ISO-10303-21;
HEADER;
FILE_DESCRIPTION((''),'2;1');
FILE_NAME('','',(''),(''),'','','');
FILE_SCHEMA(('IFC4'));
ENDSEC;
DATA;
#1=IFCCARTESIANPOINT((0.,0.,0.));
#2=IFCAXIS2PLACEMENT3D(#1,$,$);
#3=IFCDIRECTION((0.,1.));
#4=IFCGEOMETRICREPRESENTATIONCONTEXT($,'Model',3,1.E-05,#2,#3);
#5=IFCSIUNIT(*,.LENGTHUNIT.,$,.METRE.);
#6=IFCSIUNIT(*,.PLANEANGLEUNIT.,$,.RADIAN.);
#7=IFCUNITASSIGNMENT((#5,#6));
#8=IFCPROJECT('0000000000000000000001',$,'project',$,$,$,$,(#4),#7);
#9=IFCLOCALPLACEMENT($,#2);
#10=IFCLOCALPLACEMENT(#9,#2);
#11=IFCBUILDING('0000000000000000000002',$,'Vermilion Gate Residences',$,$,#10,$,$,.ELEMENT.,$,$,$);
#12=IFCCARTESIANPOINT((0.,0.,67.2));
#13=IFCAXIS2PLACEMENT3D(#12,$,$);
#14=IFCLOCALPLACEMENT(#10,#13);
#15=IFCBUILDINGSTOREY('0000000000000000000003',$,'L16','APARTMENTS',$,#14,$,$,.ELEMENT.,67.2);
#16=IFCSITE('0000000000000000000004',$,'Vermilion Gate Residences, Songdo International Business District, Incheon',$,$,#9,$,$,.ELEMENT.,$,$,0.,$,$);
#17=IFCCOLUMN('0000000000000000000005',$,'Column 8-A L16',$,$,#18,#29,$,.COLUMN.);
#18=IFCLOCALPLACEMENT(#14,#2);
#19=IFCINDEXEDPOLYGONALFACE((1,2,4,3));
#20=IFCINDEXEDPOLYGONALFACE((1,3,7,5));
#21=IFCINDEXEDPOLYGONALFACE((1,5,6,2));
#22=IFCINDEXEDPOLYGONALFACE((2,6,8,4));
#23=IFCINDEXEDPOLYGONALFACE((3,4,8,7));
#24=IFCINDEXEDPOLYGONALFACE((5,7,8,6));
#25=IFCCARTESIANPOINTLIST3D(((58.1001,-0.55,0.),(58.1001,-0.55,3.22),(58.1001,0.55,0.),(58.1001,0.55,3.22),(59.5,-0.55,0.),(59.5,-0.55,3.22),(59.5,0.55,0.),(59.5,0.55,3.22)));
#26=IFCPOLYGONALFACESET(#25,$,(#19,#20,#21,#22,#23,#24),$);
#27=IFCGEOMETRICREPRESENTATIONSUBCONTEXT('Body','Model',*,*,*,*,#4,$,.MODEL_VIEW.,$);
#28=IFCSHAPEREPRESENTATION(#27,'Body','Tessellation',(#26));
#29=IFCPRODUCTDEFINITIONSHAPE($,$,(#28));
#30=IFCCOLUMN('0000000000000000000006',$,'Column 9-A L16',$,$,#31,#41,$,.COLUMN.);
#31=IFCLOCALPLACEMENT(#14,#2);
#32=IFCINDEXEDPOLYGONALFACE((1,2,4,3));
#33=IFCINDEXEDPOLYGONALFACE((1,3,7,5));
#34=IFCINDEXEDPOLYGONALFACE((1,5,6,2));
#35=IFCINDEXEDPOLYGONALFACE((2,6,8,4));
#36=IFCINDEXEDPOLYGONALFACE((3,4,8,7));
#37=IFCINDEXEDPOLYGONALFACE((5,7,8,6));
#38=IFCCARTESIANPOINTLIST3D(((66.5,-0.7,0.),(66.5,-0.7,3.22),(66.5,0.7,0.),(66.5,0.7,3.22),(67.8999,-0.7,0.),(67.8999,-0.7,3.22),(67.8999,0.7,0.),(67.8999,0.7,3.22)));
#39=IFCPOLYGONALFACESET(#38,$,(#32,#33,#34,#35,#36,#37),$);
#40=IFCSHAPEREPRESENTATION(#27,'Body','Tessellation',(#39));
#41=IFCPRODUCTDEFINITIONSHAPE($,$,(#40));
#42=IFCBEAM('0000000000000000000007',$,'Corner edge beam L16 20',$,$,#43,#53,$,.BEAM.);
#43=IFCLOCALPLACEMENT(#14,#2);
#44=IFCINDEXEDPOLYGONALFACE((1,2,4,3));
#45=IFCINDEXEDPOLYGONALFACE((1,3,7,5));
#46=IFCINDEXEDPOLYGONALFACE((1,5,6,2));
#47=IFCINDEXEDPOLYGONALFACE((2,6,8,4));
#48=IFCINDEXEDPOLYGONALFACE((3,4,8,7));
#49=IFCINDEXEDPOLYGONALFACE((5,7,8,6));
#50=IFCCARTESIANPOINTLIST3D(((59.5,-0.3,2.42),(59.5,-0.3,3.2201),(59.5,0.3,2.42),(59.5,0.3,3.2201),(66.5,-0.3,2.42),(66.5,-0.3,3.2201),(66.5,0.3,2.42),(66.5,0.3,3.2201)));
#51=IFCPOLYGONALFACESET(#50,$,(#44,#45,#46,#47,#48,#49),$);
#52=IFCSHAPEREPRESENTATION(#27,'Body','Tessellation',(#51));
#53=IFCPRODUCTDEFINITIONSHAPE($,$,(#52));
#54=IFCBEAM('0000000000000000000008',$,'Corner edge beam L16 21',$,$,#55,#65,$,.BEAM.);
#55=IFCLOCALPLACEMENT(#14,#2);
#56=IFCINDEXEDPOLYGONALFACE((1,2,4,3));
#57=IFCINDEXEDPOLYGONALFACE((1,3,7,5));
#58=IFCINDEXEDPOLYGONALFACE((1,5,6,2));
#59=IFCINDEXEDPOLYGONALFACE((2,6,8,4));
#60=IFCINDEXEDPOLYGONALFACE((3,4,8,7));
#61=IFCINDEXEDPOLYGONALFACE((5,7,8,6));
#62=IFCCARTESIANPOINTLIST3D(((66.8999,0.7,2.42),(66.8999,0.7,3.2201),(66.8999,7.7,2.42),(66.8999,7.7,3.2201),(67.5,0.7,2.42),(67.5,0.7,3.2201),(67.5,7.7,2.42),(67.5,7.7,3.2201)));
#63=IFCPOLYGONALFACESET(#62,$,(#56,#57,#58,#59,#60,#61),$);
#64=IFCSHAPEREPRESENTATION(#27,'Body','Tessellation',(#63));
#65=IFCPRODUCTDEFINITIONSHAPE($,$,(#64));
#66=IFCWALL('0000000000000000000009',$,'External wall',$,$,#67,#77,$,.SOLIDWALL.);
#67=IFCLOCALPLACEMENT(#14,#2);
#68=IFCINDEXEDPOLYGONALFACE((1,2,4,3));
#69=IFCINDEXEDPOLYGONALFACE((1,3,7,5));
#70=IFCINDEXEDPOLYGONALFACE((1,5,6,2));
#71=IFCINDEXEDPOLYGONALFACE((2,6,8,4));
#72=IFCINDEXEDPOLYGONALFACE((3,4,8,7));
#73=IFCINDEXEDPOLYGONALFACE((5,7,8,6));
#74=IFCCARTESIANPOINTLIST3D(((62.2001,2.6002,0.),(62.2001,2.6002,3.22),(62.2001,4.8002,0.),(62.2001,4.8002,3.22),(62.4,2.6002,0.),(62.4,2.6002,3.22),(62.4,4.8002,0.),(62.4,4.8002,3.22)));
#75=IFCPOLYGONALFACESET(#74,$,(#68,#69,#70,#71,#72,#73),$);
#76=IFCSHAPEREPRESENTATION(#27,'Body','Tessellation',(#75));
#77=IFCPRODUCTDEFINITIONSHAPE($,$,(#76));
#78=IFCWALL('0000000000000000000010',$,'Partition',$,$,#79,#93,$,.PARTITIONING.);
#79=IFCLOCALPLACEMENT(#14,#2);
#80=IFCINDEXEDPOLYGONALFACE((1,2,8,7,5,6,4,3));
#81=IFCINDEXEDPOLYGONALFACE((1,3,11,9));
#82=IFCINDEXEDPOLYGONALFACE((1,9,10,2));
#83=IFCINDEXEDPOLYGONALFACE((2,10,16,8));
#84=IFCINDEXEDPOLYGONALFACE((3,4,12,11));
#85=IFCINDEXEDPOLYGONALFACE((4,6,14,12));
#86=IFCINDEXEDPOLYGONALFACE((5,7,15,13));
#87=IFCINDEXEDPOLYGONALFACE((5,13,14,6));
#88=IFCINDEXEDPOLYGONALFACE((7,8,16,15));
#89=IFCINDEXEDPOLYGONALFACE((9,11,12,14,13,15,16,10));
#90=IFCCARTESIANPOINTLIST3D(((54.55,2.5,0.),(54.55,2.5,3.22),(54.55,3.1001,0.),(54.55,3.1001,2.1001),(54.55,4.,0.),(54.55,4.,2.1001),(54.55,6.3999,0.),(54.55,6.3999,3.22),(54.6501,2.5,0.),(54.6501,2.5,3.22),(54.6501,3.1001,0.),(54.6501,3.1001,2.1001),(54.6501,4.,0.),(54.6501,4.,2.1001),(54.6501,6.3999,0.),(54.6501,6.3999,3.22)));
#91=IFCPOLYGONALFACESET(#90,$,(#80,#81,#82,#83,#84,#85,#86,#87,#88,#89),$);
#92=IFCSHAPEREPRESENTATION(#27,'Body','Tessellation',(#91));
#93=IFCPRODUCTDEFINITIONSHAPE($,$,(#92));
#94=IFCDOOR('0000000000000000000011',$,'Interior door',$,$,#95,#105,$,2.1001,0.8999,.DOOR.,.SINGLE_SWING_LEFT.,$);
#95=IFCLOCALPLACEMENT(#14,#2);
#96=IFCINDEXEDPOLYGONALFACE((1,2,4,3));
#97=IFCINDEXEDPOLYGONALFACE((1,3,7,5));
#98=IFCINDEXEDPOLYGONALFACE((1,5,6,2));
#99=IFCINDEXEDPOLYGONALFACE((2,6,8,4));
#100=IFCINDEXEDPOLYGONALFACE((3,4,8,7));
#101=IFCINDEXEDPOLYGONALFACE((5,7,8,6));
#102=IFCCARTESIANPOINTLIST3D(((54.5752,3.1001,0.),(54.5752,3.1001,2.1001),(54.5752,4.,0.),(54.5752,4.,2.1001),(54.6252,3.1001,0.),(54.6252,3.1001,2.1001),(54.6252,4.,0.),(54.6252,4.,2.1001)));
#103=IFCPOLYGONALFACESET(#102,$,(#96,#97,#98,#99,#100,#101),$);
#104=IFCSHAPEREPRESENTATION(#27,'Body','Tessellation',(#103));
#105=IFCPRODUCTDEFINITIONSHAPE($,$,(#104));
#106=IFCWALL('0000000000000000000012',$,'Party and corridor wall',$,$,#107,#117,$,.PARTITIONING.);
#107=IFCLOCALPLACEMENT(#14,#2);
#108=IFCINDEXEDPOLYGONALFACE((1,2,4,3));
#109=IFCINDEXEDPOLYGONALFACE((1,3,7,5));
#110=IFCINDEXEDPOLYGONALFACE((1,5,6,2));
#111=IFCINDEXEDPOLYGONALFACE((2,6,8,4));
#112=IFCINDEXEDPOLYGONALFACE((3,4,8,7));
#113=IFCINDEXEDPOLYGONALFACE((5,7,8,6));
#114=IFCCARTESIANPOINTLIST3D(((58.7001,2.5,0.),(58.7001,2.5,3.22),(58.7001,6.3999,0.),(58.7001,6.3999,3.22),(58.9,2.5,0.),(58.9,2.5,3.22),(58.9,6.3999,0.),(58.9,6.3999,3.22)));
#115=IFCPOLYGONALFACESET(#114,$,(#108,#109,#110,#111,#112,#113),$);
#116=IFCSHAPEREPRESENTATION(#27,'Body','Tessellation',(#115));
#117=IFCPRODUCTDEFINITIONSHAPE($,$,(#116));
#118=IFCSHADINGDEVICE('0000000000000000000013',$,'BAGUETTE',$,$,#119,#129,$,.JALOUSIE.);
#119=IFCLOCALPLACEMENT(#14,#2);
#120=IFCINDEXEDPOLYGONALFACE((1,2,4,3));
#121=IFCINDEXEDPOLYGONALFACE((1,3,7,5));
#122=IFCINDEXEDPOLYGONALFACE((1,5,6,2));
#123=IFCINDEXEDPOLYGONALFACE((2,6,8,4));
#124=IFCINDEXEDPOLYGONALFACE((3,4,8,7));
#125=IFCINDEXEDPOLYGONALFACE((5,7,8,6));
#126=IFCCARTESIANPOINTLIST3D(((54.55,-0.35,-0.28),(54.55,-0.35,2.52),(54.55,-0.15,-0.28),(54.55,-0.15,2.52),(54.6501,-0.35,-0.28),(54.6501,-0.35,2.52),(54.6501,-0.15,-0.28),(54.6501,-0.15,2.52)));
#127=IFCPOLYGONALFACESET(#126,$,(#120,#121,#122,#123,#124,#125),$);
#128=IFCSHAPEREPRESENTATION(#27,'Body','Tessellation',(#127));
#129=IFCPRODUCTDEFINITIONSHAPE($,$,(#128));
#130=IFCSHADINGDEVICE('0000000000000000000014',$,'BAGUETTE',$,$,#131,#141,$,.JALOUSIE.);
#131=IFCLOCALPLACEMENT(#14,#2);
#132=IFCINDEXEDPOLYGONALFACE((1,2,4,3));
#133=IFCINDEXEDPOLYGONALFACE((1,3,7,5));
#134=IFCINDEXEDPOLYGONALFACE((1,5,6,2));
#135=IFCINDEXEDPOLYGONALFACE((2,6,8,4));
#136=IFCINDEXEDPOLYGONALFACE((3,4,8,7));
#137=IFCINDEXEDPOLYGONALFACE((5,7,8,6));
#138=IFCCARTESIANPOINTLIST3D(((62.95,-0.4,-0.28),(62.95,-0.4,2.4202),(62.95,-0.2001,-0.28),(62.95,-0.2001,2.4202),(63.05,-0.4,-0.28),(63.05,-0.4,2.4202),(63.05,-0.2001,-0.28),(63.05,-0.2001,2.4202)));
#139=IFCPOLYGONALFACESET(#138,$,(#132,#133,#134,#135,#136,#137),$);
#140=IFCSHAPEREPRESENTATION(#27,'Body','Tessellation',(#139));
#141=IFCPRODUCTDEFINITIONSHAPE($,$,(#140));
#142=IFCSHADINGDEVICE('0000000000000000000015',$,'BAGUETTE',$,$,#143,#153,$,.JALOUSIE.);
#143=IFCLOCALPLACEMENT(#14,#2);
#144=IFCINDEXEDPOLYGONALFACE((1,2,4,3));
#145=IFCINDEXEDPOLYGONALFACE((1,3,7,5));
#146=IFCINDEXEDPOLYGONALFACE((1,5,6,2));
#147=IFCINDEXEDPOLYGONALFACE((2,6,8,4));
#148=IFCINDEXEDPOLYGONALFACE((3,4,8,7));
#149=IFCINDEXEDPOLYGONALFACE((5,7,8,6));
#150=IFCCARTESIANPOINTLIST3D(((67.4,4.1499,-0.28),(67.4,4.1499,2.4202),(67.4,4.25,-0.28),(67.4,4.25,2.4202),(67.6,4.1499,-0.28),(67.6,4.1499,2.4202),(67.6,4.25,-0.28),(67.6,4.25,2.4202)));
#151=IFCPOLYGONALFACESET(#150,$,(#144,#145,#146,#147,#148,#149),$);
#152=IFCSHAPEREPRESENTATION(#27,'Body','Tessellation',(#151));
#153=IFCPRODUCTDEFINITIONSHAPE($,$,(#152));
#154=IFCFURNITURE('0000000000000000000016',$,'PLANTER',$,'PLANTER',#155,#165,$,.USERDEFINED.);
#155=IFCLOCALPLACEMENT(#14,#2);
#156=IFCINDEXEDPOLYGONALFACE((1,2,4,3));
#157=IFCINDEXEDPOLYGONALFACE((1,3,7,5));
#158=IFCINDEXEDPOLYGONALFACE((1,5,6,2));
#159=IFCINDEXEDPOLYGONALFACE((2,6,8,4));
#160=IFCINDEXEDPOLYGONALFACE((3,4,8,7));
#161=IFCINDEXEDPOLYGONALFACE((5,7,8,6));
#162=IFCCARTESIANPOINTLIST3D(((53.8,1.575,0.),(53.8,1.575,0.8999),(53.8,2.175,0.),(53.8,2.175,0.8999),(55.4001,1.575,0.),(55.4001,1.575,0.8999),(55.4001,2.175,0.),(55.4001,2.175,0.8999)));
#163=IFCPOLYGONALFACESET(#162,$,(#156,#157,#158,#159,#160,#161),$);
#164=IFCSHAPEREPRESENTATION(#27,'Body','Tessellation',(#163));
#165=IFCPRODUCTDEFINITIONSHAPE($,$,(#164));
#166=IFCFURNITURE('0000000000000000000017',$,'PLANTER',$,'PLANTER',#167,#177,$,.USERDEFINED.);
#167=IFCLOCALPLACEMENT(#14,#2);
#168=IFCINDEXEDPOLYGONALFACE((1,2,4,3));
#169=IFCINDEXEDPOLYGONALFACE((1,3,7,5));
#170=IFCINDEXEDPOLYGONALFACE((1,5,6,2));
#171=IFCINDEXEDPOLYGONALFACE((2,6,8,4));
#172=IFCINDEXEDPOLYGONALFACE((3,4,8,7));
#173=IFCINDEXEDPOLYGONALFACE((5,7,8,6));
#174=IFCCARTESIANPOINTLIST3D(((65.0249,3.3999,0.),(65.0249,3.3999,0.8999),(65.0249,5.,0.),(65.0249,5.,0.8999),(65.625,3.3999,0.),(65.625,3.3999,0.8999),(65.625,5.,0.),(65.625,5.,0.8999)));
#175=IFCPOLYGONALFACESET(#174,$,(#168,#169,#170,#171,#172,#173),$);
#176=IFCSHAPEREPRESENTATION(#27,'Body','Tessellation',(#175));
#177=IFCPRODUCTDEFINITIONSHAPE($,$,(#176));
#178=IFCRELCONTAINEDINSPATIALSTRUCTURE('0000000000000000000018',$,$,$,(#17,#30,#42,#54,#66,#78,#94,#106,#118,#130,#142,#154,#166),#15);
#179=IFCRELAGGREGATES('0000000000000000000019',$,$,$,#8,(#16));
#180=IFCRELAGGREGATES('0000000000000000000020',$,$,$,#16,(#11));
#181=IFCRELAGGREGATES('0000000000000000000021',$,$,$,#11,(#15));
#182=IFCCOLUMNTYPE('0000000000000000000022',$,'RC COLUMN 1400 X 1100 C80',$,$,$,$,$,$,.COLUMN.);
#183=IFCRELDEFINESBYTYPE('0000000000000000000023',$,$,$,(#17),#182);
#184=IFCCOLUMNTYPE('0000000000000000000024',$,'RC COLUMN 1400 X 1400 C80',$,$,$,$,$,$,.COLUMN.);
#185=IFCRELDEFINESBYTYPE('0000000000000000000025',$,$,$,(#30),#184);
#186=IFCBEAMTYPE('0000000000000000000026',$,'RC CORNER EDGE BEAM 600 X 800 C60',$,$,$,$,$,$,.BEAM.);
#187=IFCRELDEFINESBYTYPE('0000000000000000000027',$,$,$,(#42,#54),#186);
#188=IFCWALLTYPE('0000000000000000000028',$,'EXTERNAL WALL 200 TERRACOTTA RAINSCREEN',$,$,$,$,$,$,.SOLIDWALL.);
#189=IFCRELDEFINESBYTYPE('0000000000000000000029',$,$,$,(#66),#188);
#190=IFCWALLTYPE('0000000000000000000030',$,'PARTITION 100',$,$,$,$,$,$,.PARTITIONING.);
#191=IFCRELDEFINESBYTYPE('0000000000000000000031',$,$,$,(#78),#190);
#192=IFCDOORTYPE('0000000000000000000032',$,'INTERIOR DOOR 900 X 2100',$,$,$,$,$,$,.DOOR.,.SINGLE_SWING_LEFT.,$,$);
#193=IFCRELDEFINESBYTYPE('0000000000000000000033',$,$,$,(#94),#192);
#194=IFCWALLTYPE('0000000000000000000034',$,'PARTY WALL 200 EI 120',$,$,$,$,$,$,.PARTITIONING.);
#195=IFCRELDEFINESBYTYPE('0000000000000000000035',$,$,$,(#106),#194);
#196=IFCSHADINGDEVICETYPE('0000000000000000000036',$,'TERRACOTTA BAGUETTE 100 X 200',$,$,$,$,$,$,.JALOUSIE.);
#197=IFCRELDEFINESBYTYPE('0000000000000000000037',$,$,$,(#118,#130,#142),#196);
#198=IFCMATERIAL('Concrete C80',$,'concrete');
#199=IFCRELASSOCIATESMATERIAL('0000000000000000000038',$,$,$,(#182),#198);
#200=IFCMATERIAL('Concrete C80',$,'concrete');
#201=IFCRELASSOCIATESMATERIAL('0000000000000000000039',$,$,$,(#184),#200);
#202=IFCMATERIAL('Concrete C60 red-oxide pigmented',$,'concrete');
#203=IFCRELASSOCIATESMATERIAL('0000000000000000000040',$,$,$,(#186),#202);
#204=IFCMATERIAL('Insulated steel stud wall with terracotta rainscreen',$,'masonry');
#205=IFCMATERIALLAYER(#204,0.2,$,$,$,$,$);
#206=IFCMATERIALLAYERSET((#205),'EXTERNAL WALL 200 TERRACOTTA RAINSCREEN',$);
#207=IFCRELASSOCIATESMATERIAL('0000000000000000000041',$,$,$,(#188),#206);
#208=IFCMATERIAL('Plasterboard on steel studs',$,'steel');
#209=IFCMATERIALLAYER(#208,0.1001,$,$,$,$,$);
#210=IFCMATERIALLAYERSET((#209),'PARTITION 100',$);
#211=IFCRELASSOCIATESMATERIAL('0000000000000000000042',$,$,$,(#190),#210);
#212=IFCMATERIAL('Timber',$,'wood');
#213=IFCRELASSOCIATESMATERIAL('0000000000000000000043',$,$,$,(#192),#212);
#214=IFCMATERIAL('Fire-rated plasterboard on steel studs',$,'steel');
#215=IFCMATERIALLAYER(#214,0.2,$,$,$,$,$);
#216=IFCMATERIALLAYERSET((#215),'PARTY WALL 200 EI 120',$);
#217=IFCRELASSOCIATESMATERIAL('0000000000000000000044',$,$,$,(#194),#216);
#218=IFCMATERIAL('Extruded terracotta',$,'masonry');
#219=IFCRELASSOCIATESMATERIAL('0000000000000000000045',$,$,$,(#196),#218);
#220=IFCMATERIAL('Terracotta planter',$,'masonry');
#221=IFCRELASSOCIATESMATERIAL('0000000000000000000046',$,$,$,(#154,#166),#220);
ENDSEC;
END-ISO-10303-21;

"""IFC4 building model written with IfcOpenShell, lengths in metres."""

from ifc_helpers import new_model, si_unit, direction, frame, frame_2d, origin, origin_2d, place, context, subcontext, project, spatial, rectangle, extrude, material, layer, layer_set, material_profile, profile_set, type_object, element, fill, save


model = new_model("IFC4")

# Units and contexts
model_context = context("Model", 3, precision=1e-05, world=origin(), true_north=direction((0.0, 1.0)))
body_context = subcontext(model_context, "Body", "Model", "MODEL_VIEW")
ifc_project = project(units=[si_unit("LENGTHUNIT", "METRE"), si_unit("PLANEANGLEUNIT", "RADIAN")], contexts=[model_context])

# Site, building, storey
site_placement = place(None, origin())
site = spatial("IfcSite", under=ifc_project, at=site_placement, Name="Vermilion Gate Residences, Songdo International Business District, Incheon", CompositionType="ELEMENT", RefElevation=0.0)
building_placement = place(site_placement, origin())
building = spatial("IfcBuilding", under=site, at=building_placement, Name="Vermilion Gate Residences", CompositionType="ELEMENT")
storey_placement = place(building_placement, frame((0.0, 0.0, 67.2)))
storey = spatial("IfcBuildingStorey", under=building, at=storey_placement, Name="L16", Description="APARTMENTS", CompositionType="ELEMENT", Elevation=67.2)

# Columns
ifc_material_1 = material(Name="Concrete C80", Category="concrete")
ifc_material_profile_1 = material_profile(ifc_material_1, rectangle(XDim=1.3999, YDim=1.1001, at=origin_2d()), Name="RC-1400x1100")
ifc_profile_set_1 = profile_set([ifc_material_profile_1], Name="Concrete C80")
column_type_1 = type_object("IfcColumnType", Name="RC COLUMN 1400 X 1100 C80", PredefinedType="COLUMN", material=ifc_profile_set_1)
column_1_placement = place(storey_placement, frame((58.8, 0.0, 0.0), z_axis=(0.0, 0.0, 1.0), x_axis=(1.0, 0.0, 0.0)))
element("IfcColumn", 1, at=column_1_placement, inside=storey, type_object=column_type_1, Name="Column 8-A L16", PredefinedType="COLUMN", context=body_context, shape_type="SweptSolid", body=[
    extrude(rectangle(XDim=1.3999, YDim=1.1001, at=origin_2d()), origin(), (0.0, 0.0, 1.0), 3.22),
])
ifc_material_2 = material(Name="Concrete C80", Category="concrete")
ifc_material_profile_2 = material_profile(ifc_material_2, rectangle(XDim=1.3999, YDim=1.3999, at=origin_2d()), Name="RC-1400x1400")
ifc_profile_set_2 = profile_set([ifc_material_profile_2], Name="Concrete C80")
column_type_2 = type_object("IfcColumnType", Name="RC COLUMN 1400 X 1400 C80", PredefinedType="COLUMN", material=ifc_profile_set_2)
column_2_placement = place(storey_placement, frame((67.2, 0.0, 0.0), z_axis=(0.0, 0.0, 1.0), x_axis=(1.0, 0.0, 0.0)))
element("IfcColumn", 2, at=column_2_placement, inside=storey, type_object=column_type_2, Name="Column 9-A L16", PredefinedType="COLUMN", context=body_context, shape_type="SweptSolid", body=[
    extrude(rectangle(XDim=1.3999, YDim=1.3999, at=origin_2d()), origin(), (0.0, 0.0, 1.0), 3.22),
])

# Beams
ifc_material_3 = material(Name="Concrete C60 red-oxide pigmented", Category="concrete")
ifc_material_profile_3 = material_profile(ifc_material_3, rectangle(XDim=0.6001, YDim=0.8, at=origin_2d()), Name="RC-600x800")
ifc_profile_set_3 = profile_set([ifc_material_profile_3], Name="Concrete C60 red-oxide pigmented")
beam_type = type_object("IfcBeamType", Name="RC CORNER EDGE BEAM 600 X 800 C60", PredefinedType="BEAM", material=ifc_profile_set_3)
for number, where, z_axis, x_axis, name in (
    (3, (59.5, 0.0, 2.8201), (1.0, 0.0, 0.0), (0.0, 1.0, 0.0), "Corner edge beam L16 20"),
    (4, (67.2, 0.7, 2.8201), (0.0, 1.0, 0.0), (-1.0, 0.0, 0.0), "Corner edge beam L16 21"),
):
    element("IfcBeam", number, at=place(storey_placement, frame(where, z_axis=z_axis, x_axis=x_axis)), inside=storey, type_object=beam_type, Name=name, PredefinedType="BEAM", context=body_context, shape_type="SweptSolid", body=[
        extrude(rectangle(XDim=0.6001, YDim=0.8, at=origin_2d()), origin(), (0.0, 0.0, 1.0), 7.0),
    ])

# Wall
ifc_material_4 = material(Name="Insulated steel stud wall with terracotta rainscreen", Category="masonry")
ifc_layer_1 = layer(ifc_material_4, 0.2)
ifc_layer_set_1 = layer_set([ifc_layer_1], Name="EXTERNAL WALL 200 TERRACOTTA RAINSCREEN")
wall_type_1 = type_object("IfcWallType", Name="EXTERNAL WALL 200 TERRACOTTA RAINSCREEN", PredefinedType="SOLIDWALL", material=ifc_layer_set_1)
wall_1_placement = place(storey_placement, frame((62.3, 2.6001, 0.0), z_axis=(0.0, 0.0, 1.0), x_axis=(0.0, 1.0, 0.0)))
element("IfcWall", 5, at=wall_1_placement, inside=storey, type_object=wall_type_1, Name="External wall", PredefinedType="SOLIDWALL", context=body_context, shape_type="SweptSolid", body=[
    extrude(rectangle(XDim=2.2, YDim=0.2, at=frame_2d((1.1001, 0.0))), origin(), (0.0, 0.0, 1.0), 3.22),
])

# Wall, opening, door
ifc_material_5 = material(Name="Plasterboard on steel studs", Category="steel")
ifc_layer_2 = layer(ifc_material_5, 0.1001)
ifc_layer_set_2 = layer_set([ifc_layer_2], Name="PARTITION 100")
wall_type_2 = type_object("IfcWallType", Name="PARTITION 100", PredefinedType="PARTITIONING", material=ifc_layer_set_2)
wall_2_placement = place(storey_placement, frame((54.6001, 2.5, 0.0), z_axis=(0.0, 0.0, 1.0), x_axis=(0.0, 1.0, 0.0)))
wall_2 = element("IfcWall", 6, at=wall_2_placement, inside=storey, type_object=wall_type_2, Name="Partition", PredefinedType="PARTITIONING", context=body_context, shape_type="SweptSolid", body=[
    extrude(rectangle(XDim=3.8999, YDim=0.1001, at=frame_2d((1.95, 0.0))), origin(), (0.0, 0.0, 1.0), 3.22),
])
opening_placement = place(wall_2_placement, frame((0.6001, 0.0, 0.0)))
opening = element("IfcOpeningElement", 7, at=opening_placement, cuts=wall_2, PredefinedType="OPENING", context=body_context, shape_type="SweptSolid", body=[
    extrude(rectangle(XDim=0.8999, YDim=2.1001, at=frame_2d((0.45, 1.05))), frame((0.0, 0.0601, 0.0), z_axis=(0.0, -1.0, 0.0), x_axis=(1.0, 0.0, 0.0)), (0.0, 0.0, 1.0), 0.1201),
])
ifc_material_6 = material(Name="Timber", Category="wood")
door_type = type_object("IfcDoorType", Name="INTERIOR DOOR 900 X 2100", OperationType="SINGLE_SWING_LEFT", PredefinedType="DOOR", material=ifc_material_6)
door_placement = place(opening_placement, origin())
door = element("IfcDoor", 8, at=door_placement, inside=storey, type_object=door_type, Name="Interior door", OperationType="SINGLE_SWING_LEFT", OverallHeight=2.1001, OverallWidth=0.8999, PredefinedType="DOOR", context=body_context, shape_type="SweptSolid", body=[
    extrude(rectangle(XDim=0.8999, YDim=2.1001, at=frame_2d((0.45, 1.05))), frame((0.0, 0.0249, 0.0), z_axis=(0.0, -1.0, 0.0), x_axis=(1.0, 0.0, 0.0)), (0.0, 0.0, 1.0), 0.05),
])
fill(opening, door)

# Wall
ifc_material_7 = material(Name="Fire-rated plasterboard on steel studs", Category="steel")
ifc_layer_3 = layer(ifc_material_7, 0.2)
ifc_layer_set_3 = layer_set([ifc_layer_3], Name="PARTY WALL 200 EI 120")
wall_type_3 = type_object("IfcWallType", Name="PARTY WALL 200 EI 120", PredefinedType="PARTITIONING", material=ifc_layer_set_3)
wall_3_placement = place(storey_placement, frame((58.8, 2.5, 0.0), z_axis=(0.0, 0.0, 1.0), x_axis=(0.0, 1.0, 0.0)))
element("IfcWall", 9, at=wall_3_placement, inside=storey, type_object=wall_type_3, Name="Party and corridor wall", PredefinedType="PARTITIONING", context=body_context, shape_type="SweptSolid", body=[
    extrude(rectangle(XDim=3.8999, YDim=0.2, at=frame_2d((1.95, 0.0))), origin(), (0.0, 0.0, 1.0), 3.22),
])

# Shading devices
ifc_material_8 = material(Name="Extruded terracotta", Category="masonry")
ifc_material_profile_4 = material_profile(ifc_material_8, rectangle(XDim=0.2, YDim=0.1001, at=origin_2d()), Name="BAGUETTE 100 X 200")
ifc_profile_set_4 = profile_set([ifc_material_profile_4], Name="Extruded terracotta")
shading_device_type = type_object("IfcShadingDeviceType", Name="TERRACOTTA BAGUETTE 100 X 200", PredefinedType="JALOUSIE", material=ifc_profile_set_4)
shading_device_placement = place(storey_placement, frame((54.6001, -0.25, -0.28), z_axis=(0.0, 0.0, 1.0), x_axis=(0.0, 1.0, 0.0)))
element("IfcShadingDevice", 10, at=shading_device_placement, inside=storey, type_object=shading_device_type, Name="BAGUETTE", PredefinedType="JALOUSIE", context=body_context, shape_type="SweptSolid", body=[
    extrude(rectangle(XDim=0.2, YDim=0.1001, at=origin_2d()), origin(), (0.0, 0.0, 1.0), 2.8),
])
for number, where, z_axis, x_axis, name in (
    (11, (63.0, -0.3, -0.28), (0.0, 0.0, 1.0), (0.0, 1.0, 0.0), "BAGUETTE"),
    (12, (67.5, 4.2, -0.28), (0.0, 0.0, 1.0), (-1.0, 0.0, 0.0), "BAGUETTE"),
):
    element("IfcShadingDevice", number, at=place(storey_placement, frame(where, z_axis=z_axis, x_axis=x_axis)), inside=storey, type_object=shading_device_type, Name=name, PredefinedType="JALOUSIE", context=body_context, shape_type="SweptSolid", body=[
        extrude(rectangle(XDim=0.2, YDim=0.1001, at=origin_2d()), origin(), (0.0, 0.0, 1.0), 2.7002),
    ])

# Furniture
ifc_material_9 = material(Name="Terracotta planter", Category="masonry")
for number, where, z_axis, x_axis, name in (
    (13, (54.6001, 1.875, 0.0), (0.0, 0.0, 1.0), (1.0, 0.0, 0.0), "PLANTER"),
    (14, (65.325, 4.2, 0.0), (0.0, 0.0, 1.0), (0.0, 1.0, 0.0), "PLANTER"),
):
    element("IfcFurniture", number, at=place(storey_placement, frame(where, z_axis=z_axis, x_axis=x_axis)), inside=storey, material=ifc_material_9, Name=name, ObjectType="PLANTER", PredefinedType="USERDEFINED", context=body_context, shape_type="SweptSolid", body=[
        extrude(rectangle(XDim=1.6001, YDim=0.6001, at=origin_2d()), origin(), (0.0, 0.0, 1.0), 0.8999),
    ])

save(model, "model.ifc")
